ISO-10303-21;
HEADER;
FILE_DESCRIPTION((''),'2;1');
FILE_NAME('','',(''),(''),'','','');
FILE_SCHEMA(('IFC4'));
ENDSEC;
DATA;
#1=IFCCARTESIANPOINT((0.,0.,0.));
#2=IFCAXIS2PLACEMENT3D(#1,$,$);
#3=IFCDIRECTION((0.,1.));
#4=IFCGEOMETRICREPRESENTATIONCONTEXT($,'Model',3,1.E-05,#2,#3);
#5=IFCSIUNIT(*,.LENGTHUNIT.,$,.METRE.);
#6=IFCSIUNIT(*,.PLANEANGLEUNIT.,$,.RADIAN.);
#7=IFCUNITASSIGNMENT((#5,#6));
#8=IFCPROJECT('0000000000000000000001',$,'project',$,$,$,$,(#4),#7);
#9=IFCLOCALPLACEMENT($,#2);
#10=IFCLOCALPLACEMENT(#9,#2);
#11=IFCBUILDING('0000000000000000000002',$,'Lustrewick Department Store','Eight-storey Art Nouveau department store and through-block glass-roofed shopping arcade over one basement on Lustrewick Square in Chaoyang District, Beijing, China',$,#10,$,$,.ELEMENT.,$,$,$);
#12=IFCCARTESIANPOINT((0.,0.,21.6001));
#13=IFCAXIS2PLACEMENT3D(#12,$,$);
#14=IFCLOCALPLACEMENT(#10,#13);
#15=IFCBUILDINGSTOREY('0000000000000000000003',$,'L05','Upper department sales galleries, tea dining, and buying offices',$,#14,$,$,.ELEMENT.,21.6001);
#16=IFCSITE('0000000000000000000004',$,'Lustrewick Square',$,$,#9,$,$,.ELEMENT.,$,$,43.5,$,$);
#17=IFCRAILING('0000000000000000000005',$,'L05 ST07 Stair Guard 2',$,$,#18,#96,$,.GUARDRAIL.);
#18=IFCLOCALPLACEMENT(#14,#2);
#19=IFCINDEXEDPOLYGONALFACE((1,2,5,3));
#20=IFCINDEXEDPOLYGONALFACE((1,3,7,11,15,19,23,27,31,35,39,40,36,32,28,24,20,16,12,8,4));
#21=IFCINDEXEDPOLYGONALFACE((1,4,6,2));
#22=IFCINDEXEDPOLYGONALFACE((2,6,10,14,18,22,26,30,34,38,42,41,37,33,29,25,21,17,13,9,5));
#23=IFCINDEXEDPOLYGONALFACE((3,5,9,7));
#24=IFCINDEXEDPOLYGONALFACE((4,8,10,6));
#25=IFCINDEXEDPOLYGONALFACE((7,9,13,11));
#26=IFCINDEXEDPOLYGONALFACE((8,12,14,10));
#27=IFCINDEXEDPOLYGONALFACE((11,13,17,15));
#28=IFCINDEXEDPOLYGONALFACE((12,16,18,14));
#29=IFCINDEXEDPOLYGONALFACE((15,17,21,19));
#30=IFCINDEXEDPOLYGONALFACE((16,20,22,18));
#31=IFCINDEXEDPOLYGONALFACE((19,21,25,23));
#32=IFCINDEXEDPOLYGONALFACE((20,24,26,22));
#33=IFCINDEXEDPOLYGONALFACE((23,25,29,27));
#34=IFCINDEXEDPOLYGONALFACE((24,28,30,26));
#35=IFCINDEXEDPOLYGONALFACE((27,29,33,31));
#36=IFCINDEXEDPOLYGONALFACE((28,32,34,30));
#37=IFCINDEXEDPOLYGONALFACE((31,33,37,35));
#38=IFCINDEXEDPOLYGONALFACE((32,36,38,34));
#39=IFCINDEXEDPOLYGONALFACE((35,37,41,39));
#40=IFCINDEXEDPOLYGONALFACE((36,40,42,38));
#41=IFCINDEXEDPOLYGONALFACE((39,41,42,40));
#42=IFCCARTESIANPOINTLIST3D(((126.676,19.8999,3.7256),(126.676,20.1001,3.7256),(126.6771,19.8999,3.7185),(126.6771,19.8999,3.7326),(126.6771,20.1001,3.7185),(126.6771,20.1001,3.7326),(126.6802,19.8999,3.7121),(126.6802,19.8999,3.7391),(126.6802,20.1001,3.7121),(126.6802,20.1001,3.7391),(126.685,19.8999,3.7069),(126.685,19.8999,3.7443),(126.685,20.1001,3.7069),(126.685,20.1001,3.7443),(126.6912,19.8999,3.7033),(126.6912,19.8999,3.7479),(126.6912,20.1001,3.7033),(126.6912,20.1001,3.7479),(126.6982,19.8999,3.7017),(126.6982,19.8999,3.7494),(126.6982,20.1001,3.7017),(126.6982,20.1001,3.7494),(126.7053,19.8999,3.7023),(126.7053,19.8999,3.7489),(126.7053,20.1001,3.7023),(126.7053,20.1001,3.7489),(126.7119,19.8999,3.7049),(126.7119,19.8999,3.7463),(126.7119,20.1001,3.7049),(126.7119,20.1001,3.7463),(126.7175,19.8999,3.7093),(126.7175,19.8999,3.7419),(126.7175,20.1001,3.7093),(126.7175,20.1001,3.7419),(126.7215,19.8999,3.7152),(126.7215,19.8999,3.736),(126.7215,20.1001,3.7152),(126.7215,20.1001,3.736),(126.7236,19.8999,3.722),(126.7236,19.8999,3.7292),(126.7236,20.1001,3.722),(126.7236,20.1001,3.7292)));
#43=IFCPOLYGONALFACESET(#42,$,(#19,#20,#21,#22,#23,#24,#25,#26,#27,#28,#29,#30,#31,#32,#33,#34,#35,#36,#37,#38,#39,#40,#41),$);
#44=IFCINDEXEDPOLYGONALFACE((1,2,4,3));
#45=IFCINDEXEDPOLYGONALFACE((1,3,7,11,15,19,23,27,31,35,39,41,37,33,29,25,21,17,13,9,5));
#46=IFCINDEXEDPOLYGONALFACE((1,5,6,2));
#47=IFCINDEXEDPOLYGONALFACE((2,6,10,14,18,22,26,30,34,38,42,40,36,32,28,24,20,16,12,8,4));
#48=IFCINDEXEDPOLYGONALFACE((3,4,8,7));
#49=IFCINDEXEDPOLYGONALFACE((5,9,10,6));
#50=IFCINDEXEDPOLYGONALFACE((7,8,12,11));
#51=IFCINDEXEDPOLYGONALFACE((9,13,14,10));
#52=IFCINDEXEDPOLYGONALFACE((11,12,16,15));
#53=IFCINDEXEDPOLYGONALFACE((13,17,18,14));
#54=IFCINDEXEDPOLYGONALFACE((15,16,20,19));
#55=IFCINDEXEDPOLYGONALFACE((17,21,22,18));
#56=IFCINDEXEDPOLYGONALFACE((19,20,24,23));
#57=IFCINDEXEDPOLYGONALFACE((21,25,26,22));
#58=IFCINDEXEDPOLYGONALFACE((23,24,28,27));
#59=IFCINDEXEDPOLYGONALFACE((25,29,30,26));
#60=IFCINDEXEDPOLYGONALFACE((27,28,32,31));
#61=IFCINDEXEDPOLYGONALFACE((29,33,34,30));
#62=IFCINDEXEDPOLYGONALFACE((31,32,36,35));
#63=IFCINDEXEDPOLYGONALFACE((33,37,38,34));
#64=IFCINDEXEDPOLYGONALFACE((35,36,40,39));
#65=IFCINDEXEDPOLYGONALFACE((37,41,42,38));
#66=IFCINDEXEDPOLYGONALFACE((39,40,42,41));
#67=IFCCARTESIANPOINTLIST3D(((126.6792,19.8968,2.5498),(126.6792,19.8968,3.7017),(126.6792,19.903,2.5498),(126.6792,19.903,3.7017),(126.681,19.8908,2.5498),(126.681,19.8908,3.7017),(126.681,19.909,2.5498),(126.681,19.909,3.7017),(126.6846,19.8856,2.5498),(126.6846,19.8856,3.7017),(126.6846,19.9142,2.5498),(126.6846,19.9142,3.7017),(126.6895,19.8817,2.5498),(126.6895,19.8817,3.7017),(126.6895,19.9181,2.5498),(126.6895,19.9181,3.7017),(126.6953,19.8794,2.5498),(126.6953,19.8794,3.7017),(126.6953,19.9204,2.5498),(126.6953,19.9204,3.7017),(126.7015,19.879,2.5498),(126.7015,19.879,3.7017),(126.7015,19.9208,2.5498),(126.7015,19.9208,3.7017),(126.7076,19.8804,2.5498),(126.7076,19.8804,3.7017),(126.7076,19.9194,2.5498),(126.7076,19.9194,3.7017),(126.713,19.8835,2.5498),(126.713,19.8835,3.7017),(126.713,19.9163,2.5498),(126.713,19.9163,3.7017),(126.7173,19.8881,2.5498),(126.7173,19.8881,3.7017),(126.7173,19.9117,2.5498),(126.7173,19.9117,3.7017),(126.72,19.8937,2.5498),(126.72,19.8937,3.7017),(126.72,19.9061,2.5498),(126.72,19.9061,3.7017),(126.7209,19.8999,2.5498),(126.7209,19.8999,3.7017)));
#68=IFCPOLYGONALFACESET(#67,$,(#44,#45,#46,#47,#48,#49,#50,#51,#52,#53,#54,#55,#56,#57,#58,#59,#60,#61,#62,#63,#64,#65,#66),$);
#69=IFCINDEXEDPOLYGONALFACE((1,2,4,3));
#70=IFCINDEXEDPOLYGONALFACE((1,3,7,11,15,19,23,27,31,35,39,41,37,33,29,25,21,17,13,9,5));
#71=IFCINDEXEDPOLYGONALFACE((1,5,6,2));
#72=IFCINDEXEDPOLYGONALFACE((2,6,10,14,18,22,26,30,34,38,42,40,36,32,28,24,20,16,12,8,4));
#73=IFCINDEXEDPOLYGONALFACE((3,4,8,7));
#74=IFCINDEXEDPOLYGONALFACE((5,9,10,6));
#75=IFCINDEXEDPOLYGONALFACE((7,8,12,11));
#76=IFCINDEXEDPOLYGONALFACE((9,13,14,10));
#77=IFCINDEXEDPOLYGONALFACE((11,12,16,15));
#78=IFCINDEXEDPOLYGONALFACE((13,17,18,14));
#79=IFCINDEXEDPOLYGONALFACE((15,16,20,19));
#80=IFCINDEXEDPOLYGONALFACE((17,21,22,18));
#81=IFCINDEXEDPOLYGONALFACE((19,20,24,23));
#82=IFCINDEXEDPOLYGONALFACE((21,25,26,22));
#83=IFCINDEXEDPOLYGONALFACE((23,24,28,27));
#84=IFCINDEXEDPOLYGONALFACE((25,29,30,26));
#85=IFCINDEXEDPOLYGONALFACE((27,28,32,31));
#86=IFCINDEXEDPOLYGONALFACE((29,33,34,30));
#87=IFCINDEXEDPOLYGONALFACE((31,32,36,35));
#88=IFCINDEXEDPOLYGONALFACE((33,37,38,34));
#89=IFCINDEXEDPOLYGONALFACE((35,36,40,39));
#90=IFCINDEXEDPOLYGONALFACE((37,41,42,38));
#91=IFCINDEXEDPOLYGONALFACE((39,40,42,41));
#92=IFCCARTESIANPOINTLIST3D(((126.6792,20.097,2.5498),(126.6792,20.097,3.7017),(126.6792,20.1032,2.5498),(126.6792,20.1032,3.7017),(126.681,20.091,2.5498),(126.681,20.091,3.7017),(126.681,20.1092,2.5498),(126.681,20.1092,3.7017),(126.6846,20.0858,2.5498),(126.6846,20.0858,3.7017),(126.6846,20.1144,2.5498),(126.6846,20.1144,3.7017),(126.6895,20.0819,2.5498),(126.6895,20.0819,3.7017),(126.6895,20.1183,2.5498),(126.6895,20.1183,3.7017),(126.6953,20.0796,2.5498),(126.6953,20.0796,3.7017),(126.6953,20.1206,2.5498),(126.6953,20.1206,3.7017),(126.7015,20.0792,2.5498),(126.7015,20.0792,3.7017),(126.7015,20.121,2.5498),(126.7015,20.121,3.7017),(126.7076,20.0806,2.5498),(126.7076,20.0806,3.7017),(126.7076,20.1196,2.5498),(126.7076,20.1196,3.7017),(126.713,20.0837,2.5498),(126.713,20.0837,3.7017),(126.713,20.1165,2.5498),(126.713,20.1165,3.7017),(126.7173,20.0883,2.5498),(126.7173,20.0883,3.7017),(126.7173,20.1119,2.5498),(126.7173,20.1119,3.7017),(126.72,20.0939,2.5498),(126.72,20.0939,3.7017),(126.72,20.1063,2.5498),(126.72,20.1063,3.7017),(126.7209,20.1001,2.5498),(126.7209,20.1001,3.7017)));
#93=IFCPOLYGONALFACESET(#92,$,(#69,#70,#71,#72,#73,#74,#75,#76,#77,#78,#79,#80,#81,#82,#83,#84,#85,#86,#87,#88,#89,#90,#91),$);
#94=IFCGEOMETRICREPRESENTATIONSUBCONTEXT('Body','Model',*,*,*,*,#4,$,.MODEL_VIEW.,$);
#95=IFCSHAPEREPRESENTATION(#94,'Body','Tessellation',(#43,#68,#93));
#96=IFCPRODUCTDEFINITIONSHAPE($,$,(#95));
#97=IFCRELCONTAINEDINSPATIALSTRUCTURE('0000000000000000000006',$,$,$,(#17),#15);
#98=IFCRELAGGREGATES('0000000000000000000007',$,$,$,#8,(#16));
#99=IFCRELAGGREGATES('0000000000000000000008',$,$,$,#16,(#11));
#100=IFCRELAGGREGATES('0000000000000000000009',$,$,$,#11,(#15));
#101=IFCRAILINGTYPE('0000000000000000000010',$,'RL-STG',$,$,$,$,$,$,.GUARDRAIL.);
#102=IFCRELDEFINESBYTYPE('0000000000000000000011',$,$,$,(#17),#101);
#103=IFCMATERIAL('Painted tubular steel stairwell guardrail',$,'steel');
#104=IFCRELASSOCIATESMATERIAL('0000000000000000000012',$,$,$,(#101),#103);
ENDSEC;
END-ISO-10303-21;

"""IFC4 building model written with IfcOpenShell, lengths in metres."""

from ifc_helpers import new_model, si_unit, direction, frame, origin, origin_2d, place, context, subcontext, project, spatial, circle, extrude, material, type_object, element, save


model = new_model("IFC4")

# Units and contexts
model_context = context("Model", 3, precision=1e-05, world=origin(), true_north=direction((0.0, 1.0)))
body_context = subcontext(model_context, "Body", "Model", "MODEL_VIEW")
ifc_project = project(units=[si_unit("LENGTHUNIT", "METRE"), si_unit("PLANEANGLEUNIT", "RADIAN")], contexts=[model_context])

# Site, building, storey
site_placement = place(None, origin())
site = spatial("IfcSite", under=ifc_project, at=site_placement, Name="Lustrewick Square", CompositionType="ELEMENT", RefElevation=43.5)
building_placement = place(site_placement, origin())
building = spatial("IfcBuilding", under=site, at=building_placement, Name="Lustrewick Department Store", Description="Eight-storey Art Nouveau department store and through-block glass-roofed shopping arcade over one basement on Lustrewick Square in Chaoyang District, Beijing, China", CompositionType="ELEMENT")
storey_placement = place(building_placement, frame((0.0, 0.0, 21.6001)))
storey = spatial("IfcBuildingStorey", under=building, at=storey_placement, Name="L05", Description="Upper department sales galleries, tea dining, and buying offices", CompositionType="ELEMENT", Elevation=21.6001)

# Railing
ifc_material_1 = material(Name="Painted tubular steel stairwell guardrail", Category="steel")
railing_type_1 = type_object("IfcRailingType", Name="RL-STG", PredefinedType="GUARDRAIL", material=ifc_material_1)
railing_1_placement = place(storey_placement, frame((126.7, 19.8999, 2.5498)))
element("IfcRailing", 1, at=railing_1_placement, inside=storey, type_object=railing_type_1, Name="L05 ST07 Stair Guard 2", PredefinedType="GUARDRAIL", context=body_context, shape_type="SweptSolid", body=[
    extrude(circle(Radius=0.0239, at=origin_2d()), frame((0.0, 0.0, 1.1758), z_axis=(0.0, 1.0, 0.0), x_axis=(-1.0, 0.0, 0.0)), (0.0, 0.0, 1.0), 0.2002),
    extrude(circle(Radius=0.021, at=origin_2d()), origin(), (0.0, 0.0, 1.0), 1.1519),
    extrude(circle(Radius=0.021, at=origin_2d()), frame((0.0, 0.2002, 0.0)), (0.0, 0.0, 1.0), 1.1519),
])

save(model, "model.ifc")
